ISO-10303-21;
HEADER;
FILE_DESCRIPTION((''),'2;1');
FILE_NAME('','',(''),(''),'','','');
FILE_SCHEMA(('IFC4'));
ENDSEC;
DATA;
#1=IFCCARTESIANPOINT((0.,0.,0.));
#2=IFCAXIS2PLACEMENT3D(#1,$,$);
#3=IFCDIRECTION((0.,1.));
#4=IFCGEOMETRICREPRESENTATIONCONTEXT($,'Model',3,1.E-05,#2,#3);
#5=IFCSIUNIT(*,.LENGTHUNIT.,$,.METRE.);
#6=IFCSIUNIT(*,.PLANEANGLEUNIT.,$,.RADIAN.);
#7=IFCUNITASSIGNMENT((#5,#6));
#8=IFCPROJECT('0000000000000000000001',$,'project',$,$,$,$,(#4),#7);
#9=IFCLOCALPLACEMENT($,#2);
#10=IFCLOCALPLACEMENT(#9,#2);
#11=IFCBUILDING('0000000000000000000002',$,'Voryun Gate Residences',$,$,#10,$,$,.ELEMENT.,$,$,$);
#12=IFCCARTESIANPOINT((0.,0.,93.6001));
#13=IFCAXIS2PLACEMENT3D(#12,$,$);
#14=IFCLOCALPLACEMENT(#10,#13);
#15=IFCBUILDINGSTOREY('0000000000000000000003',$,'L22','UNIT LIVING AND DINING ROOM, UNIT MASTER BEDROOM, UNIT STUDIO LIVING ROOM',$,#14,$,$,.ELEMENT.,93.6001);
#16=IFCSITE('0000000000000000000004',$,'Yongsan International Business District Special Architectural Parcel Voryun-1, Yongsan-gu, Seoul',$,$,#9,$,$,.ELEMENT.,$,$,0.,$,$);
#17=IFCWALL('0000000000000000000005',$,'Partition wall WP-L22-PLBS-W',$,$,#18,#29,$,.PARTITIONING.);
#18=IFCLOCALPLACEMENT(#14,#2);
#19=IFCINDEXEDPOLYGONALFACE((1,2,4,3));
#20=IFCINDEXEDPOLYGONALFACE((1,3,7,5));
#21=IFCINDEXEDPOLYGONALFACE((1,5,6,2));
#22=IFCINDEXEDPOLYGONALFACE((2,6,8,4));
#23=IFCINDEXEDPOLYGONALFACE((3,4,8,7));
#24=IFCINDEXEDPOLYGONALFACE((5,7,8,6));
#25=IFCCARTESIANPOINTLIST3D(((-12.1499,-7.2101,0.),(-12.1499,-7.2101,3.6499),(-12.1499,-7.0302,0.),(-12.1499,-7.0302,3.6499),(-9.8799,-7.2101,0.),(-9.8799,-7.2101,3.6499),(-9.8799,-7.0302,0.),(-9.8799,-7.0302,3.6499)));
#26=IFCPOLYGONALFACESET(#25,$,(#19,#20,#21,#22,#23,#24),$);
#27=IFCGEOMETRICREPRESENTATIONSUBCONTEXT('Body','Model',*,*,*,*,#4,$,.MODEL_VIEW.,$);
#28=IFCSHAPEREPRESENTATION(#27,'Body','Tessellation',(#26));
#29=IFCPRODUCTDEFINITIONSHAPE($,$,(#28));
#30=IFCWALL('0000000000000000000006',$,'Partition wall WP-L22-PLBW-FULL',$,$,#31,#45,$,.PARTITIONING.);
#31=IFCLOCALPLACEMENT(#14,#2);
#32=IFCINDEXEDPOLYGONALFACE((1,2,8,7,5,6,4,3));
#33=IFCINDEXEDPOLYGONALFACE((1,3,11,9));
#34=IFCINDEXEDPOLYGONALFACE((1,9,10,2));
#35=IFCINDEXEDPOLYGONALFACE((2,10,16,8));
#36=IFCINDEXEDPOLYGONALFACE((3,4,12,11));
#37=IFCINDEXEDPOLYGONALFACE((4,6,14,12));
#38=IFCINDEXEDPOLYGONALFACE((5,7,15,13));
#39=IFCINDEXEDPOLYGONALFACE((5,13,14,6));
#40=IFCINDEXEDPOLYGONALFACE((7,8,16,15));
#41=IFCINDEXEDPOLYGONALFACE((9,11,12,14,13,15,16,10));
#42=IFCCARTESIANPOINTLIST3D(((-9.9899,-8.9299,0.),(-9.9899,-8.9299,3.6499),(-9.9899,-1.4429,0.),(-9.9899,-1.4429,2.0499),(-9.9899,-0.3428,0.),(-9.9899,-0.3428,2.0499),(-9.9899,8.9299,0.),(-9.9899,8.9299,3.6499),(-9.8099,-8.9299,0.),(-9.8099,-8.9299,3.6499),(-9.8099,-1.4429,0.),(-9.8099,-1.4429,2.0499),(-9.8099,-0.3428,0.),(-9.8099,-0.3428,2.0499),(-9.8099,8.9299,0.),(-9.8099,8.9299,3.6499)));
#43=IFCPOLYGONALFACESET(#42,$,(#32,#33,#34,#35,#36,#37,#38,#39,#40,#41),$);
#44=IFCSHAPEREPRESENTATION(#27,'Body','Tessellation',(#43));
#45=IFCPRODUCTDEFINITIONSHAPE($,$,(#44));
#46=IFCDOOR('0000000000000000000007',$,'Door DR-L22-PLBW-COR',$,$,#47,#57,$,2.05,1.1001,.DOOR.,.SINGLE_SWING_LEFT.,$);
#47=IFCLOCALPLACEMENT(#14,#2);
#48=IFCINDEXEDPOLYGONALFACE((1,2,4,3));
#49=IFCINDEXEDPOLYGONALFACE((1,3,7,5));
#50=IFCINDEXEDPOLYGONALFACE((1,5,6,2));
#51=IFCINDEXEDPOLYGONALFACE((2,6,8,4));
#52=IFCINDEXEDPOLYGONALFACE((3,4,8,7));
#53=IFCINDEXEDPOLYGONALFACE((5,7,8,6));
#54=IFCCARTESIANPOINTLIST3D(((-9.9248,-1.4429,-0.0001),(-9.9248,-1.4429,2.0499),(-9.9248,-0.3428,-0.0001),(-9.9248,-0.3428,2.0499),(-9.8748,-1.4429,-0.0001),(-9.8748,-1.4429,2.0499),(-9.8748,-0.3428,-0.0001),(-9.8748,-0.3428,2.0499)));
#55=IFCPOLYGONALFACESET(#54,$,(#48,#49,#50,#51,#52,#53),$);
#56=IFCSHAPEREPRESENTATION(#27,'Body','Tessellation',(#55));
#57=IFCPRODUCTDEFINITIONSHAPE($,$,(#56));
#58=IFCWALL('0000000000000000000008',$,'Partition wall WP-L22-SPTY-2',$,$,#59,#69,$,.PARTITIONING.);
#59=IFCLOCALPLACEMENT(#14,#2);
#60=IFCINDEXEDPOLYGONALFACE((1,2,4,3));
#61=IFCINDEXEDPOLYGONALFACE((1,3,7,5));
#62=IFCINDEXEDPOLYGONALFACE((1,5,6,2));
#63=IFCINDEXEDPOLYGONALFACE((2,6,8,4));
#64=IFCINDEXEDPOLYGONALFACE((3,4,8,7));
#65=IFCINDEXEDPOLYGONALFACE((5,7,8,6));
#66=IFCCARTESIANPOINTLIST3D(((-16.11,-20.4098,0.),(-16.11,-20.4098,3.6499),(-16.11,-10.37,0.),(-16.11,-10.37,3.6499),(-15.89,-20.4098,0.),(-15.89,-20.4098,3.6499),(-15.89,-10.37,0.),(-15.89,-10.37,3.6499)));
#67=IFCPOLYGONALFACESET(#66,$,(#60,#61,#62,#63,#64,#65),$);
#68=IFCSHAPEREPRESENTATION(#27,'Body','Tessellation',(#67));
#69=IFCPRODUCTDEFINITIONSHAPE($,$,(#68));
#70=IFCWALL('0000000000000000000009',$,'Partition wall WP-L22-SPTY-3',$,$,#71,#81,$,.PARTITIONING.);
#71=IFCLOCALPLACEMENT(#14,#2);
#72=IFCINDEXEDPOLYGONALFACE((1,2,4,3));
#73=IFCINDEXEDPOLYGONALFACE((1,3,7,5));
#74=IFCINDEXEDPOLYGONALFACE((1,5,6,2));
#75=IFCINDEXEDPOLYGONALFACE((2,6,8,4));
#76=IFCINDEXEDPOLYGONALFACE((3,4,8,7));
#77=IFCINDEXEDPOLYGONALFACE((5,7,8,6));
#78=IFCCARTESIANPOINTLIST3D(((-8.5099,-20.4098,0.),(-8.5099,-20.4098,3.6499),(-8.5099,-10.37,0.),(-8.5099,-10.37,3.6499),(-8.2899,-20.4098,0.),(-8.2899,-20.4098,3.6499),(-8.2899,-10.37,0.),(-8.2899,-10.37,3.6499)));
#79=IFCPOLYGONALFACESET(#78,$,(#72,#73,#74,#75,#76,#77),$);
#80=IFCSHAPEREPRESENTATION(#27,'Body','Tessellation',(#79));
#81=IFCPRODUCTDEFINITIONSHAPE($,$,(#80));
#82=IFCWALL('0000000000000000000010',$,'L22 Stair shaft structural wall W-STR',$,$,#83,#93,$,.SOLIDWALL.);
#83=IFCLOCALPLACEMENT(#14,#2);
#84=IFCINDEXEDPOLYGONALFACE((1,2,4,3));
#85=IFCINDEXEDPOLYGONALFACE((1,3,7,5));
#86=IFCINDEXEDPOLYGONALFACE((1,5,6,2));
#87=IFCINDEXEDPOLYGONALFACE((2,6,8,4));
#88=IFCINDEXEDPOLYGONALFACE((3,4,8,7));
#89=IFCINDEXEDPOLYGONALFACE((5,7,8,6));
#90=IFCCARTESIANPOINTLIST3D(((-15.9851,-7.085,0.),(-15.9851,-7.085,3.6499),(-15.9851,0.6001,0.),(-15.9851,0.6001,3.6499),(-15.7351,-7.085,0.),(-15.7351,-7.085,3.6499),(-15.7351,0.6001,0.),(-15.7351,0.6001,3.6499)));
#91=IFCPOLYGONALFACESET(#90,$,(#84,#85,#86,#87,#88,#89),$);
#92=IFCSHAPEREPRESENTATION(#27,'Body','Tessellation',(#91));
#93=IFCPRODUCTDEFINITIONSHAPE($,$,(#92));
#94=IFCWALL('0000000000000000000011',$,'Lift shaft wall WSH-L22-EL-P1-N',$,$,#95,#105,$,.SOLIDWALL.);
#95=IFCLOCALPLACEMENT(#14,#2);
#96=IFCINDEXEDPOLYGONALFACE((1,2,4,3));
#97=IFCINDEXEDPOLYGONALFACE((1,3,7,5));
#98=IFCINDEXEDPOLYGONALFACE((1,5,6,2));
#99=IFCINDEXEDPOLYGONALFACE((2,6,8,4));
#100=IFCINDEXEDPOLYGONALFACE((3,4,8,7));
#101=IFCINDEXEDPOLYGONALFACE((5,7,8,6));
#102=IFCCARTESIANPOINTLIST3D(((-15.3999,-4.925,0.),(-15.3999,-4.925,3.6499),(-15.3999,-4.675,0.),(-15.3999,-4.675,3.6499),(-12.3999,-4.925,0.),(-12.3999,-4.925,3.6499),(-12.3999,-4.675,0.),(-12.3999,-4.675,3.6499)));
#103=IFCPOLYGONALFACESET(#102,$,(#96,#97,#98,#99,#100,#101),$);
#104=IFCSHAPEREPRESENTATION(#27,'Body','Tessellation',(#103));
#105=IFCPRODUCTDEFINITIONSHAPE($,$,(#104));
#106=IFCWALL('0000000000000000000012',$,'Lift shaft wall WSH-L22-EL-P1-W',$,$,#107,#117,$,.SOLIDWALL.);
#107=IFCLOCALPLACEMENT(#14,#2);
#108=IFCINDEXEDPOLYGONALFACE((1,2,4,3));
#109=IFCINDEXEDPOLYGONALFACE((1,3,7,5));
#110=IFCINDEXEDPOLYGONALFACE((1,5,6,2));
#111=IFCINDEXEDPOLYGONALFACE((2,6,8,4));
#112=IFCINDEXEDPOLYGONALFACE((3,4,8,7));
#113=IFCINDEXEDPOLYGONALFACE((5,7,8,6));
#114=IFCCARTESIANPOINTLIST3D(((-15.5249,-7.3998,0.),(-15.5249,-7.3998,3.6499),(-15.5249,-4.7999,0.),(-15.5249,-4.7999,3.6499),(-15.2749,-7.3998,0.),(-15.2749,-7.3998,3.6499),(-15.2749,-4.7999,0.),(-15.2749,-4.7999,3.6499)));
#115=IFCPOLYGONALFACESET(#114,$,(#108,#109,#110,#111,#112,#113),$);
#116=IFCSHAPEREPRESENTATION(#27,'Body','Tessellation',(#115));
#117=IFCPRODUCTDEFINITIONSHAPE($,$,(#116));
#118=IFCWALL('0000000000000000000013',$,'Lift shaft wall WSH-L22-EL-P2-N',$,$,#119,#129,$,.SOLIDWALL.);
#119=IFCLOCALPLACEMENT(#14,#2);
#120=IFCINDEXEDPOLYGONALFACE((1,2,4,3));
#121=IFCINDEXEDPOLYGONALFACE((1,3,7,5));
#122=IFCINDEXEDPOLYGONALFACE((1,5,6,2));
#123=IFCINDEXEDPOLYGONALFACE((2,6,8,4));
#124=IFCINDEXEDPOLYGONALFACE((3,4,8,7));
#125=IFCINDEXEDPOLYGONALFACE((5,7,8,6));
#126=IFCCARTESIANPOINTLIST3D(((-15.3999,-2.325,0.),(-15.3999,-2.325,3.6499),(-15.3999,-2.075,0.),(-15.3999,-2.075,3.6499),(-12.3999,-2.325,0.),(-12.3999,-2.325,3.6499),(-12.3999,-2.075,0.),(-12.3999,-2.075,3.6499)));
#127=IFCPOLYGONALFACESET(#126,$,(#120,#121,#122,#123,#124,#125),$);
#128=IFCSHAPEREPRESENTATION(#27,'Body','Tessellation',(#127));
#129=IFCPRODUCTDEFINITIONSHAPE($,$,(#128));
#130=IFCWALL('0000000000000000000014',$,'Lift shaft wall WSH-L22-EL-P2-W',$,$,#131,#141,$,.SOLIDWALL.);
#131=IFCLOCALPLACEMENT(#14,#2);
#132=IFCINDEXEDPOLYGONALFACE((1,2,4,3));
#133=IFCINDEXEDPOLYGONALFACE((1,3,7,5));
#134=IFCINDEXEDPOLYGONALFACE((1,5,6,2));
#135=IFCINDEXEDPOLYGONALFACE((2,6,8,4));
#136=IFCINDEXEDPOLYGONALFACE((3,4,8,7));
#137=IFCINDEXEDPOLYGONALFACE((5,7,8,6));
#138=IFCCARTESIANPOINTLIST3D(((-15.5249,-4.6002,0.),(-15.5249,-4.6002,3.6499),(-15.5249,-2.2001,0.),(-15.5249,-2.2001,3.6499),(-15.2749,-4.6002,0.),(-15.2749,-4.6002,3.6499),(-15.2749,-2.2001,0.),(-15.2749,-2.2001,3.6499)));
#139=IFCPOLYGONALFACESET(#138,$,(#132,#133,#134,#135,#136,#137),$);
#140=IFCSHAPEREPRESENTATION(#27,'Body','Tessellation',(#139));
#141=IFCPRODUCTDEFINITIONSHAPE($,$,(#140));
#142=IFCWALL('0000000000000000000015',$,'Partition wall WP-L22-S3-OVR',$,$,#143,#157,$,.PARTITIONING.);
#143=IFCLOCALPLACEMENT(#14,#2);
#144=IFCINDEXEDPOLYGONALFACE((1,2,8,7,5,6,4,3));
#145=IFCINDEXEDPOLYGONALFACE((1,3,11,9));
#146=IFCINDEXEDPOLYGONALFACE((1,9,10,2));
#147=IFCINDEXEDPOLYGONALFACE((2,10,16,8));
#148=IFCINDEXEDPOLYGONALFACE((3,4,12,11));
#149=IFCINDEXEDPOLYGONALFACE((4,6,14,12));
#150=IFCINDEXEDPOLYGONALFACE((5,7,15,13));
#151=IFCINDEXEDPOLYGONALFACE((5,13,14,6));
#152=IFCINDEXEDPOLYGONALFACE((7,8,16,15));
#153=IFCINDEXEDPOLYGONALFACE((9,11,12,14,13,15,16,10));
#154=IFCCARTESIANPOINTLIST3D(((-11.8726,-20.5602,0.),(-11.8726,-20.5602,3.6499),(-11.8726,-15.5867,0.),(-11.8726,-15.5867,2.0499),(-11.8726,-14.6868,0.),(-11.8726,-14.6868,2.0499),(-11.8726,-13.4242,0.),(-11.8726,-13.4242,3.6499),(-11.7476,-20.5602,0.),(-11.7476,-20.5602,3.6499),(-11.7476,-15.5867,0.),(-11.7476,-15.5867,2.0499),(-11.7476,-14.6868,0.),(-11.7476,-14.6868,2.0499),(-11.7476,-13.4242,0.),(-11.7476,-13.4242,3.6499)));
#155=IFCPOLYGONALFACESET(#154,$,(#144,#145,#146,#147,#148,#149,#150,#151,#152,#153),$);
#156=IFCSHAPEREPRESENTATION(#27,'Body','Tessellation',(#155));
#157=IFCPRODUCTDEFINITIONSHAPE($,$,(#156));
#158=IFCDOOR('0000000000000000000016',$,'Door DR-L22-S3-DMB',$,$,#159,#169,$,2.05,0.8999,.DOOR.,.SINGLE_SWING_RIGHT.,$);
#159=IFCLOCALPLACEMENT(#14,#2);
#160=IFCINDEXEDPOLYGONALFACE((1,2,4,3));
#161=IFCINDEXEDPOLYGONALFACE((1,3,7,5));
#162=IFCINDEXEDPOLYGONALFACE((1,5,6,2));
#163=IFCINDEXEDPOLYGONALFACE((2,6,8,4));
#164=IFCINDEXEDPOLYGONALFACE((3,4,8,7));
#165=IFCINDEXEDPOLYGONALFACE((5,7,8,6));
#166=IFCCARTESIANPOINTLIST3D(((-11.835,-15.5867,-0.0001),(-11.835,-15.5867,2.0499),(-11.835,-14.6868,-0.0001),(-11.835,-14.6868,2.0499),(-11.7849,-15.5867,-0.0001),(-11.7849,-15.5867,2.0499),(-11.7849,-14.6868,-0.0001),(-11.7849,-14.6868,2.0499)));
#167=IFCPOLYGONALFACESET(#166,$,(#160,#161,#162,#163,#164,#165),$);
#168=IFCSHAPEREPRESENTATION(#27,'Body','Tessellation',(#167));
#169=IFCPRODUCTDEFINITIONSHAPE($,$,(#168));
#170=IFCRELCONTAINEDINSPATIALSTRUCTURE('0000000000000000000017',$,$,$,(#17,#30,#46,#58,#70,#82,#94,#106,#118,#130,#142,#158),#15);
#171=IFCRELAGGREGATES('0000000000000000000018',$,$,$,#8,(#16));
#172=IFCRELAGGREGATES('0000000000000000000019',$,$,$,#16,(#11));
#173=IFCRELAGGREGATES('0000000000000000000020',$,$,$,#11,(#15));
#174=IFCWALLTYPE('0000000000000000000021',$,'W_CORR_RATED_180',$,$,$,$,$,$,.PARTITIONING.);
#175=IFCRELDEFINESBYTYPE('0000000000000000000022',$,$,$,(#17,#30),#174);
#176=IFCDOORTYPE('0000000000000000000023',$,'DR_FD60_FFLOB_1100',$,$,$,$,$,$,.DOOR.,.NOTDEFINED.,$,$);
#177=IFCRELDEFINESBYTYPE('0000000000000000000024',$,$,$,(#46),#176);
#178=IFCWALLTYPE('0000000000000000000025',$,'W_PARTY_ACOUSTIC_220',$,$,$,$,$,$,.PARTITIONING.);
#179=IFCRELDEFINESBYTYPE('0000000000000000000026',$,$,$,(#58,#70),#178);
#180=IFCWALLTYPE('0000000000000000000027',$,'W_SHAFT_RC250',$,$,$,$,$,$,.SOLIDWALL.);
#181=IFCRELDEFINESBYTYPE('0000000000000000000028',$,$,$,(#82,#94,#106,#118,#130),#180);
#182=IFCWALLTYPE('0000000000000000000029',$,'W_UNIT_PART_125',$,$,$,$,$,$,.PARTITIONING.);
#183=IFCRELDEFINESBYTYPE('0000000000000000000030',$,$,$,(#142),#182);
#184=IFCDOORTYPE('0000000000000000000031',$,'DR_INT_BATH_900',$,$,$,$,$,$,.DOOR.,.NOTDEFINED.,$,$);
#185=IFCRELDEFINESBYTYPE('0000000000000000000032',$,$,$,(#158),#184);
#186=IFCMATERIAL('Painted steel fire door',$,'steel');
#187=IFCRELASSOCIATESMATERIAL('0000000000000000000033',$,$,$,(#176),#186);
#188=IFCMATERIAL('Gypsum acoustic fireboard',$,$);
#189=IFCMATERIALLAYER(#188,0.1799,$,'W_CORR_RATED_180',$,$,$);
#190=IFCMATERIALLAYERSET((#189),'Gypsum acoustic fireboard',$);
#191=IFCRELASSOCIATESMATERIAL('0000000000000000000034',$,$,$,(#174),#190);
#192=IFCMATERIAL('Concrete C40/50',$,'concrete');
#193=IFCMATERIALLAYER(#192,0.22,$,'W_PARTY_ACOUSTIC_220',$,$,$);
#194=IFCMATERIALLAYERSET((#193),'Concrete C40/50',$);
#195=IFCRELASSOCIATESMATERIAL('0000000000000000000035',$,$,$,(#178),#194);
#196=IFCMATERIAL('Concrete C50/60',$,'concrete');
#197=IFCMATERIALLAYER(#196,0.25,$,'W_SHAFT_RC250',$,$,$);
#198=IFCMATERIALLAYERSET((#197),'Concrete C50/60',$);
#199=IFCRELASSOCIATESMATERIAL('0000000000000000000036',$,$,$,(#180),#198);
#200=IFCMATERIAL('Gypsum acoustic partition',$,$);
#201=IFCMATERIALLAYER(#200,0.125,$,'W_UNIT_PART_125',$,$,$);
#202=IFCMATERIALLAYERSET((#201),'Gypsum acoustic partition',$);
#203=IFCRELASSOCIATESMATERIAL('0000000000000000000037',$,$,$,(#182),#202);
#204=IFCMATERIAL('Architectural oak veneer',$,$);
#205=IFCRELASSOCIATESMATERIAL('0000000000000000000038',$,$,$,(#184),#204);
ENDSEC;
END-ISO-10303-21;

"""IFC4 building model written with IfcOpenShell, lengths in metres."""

from ifc_helpers import new_model, si_unit, direction, frame, frame_2d, origin, place, context, subcontext, project, spatial, rectangle, extrude, material, layer, layer_set, type_object, element, fill, save


model = new_model("IFC4")

# Units and contexts
model_context = context("Model", 3, precision=1e-05, world=origin(), true_north=direction((0.0, 1.0)))
body_context = subcontext(model_context, "Body", "Model", "MODEL_VIEW")
ifc_project = project(units=[si_unit("LENGTHUNIT", "METRE"), si_unit("PLANEANGLEUNIT", "RADIAN")], contexts=[model_context])

# Site, building, storey
site_placement = place(None, origin())
site = spatial("IfcSite", under=ifc_project, at=site_placement, Name="Yongsan International Business District Special Architectural Parcel Voryun-1, Yongsan-gu, Seoul", CompositionType="ELEMENT", RefElevation=0.0)
building_placement = place(site_placement, origin())
building = spatial("IfcBuilding", under=site, at=building_placement, Name="Voryun Gate Residences", CompositionType="ELEMENT")
storey_placement = place(building_placement, frame((0.0, 0.0, 93.6001)))
storey = spatial("IfcBuildingStorey", under=building, at=storey_placement, Name="L22", Description="UNIT LIVING AND DINING ROOM, UNIT MASTER BEDROOM, UNIT STUDIO LIVING ROOM", CompositionType="ELEMENT", Elevation=93.6001)

# Shared definitions
ifc_material_1 = material(Name="Painted steel fire door", Category="steel")
door_type_1 = type_object("IfcDoorType", Name="DR_FD60_FFLOB_1100", OperationType="NOTDEFINED", PredefinedType="DOOR", material=ifc_material_1)

# Wall
ifc_material_2 = material(Name="Gypsum acoustic fireboard")
ifc_layer_1 = layer(ifc_material_2, 0.1799, Name="W_CORR_RATED_180")
ifc_layer_set_1 = layer_set([ifc_layer_1], Name="Gypsum acoustic fireboard")
wall_type_1 = type_object("IfcWallType", Name="W_CORR_RATED_180", PredefinedType="PARTITIONING", material=ifc_layer_set_1)
wall_1_placement = place(storey_placement, frame((-12.1499, -7.1201, 0.0), z_axis=(0.0, 0.0, 1.0), x_axis=(1.0, 0.0, 0.0)))
element("IfcWall", 1, at=wall_1_placement, inside=storey, type_object=wall_type_1, Name="Partition wall WP-L22-PLBS-W", PredefinedType="PARTITIONING", context=body_context, shape_type="SweptSolid", body=[
    extrude(rectangle(XDim=2.27, YDim=0.1799, at=frame_2d((1.135, 0.0))), origin(), (0.0, 0.0, 1.0), 3.6499),
])

# Wall, opening, door
wall_2_placement = place(storey_placement, frame((-9.8999, -8.9299, 0.0), z_axis=(0.0, 0.0, 1.0), x_axis=(0.0, 1.0, 0.0)))
wall_2 = element("IfcWall", 2, at=wall_2_placement, inside=storey, type_object=wall_type_1, Name="Partition wall WP-L22-PLBW-FULL", PredefinedType="PARTITIONING", context=body_context, shape_type="SweptSolid", body=[
    extrude(rectangle(XDim=17.8599, YDim=0.1799, at=frame_2d((8.9299, 0.0))), origin(), (0.0, 0.0, 1.0), 3.6499),
])
opening_1_placement = place(wall_2_placement, frame((7.4871, 0.0, 0.0)))
opening_1 = element("IfcOpeningElement", 3, at=opening_1_placement, cuts=wall_2, PredefinedType="OPENING", context=body_context, shape_type="SweptSolid", body=[
    extrude(rectangle(XDim=1.1001, YDim=2.05, at=frame_2d((0.55, 1.0249))), frame((0.0, 0.0999, 0.0), z_axis=(0.0, -1.0, 0.0), x_axis=(1.0, 0.0, 0.0)), (0.0, 0.0, 1.0), 0.2),
])
door_1_placement = place(opening_1_placement, origin())
door_1 = element("IfcDoor", 4, at=door_1_placement, inside=storey, type_object=door_type_1, Name="Door DR-L22-PLBW-COR", OperationType="SINGLE_SWING_LEFT", OverallHeight=2.05, OverallWidth=1.1001, PredefinedType="DOOR", context=body_context, shape_type="SweptSolid", body=[
    extrude(rectangle(XDim=1.1001, YDim=2.05, at=frame_2d((0.55, 1.0249))), frame((0.0, 0.0249, 0.0), z_axis=(0.0, -1.0, 0.0), x_axis=(1.0, 0.0, 0.0)), (0.0, 0.0, 1.0), 0.05),
])
fill(opening_1, door_1)

# Walls
ifc_material_3 = material(Name="Concrete C40/50", Category="concrete")
ifc_layer_2 = layer(ifc_material_3, 0.22, Name="W_PARTY_ACOUSTIC_220")
ifc_layer_set_2 = layer_set([ifc_layer_2], Name="Concrete C40/50")
wall_type_2 = type_object("IfcWallType", Name="W_PARTY_ACOUSTIC_220", PredefinedType="PARTITIONING", material=ifc_layer_set_2)
for number, where, z_axis, x_axis, name in (
    (5, (-16.0, -20.4099, 0.0), (0.0, 0.0, 1.0), (0.0, 1.0, 0.0), "Partition wall WP-L22-SPTY-2"),
    (6, (-8.3999, -20.4099, 0.0), (0.0, 0.0, 1.0), (0.0, 1.0, 0.0), "Partition wall WP-L22-SPTY-3"),
):
    element("IfcWall", number, at=place(storey_placement, frame(where, z_axis=z_axis, x_axis=x_axis)), inside=storey, type_object=wall_type_2, Name=name, PredefinedType="PARTITIONING", context=body_context, shape_type="SweptSolid", body=[
        extrude(rectangle(XDim=10.0398, YDim=0.22, at=frame_2d((5.02, 0.0))), origin(), (0.0, 0.0, 1.0), 3.6499),
    ])
ifc_material_4 = material(Name="Concrete C50/60", Category="concrete")
ifc_layer_3 = layer(ifc_material_4, 0.25, Name="W_SHAFT_RC250")
ifc_layer_set_3 = layer_set([ifc_layer_3], Name="Concrete C50/60")
wall_type_3 = type_object("IfcWallType", Name="W_SHAFT_RC250", PredefinedType="SOLIDWALL", material=ifc_layer_set_3)
wall_3_placement = place(storey_placement, frame((-15.8601, -7.085, 0.0), z_axis=(0.0, 0.0, 1.0), x_axis=(0.0, 1.0, 0.0)))
element("IfcWall", 7, at=wall_3_placement, inside=storey, type_object=wall_type_3, Name="L22 Stair shaft structural wall W-STR", PredefinedType="SOLIDWALL", context=body_context, shape_type="SweptSolid", body=[
    extrude(rectangle(XDim=7.6851, YDim=0.25, at=frame_2d((3.8425, 0.0))), origin(), (0.0, 0.0, 1.0), 3.6499),
])
wall_4_placement = place(storey_placement, frame((-12.3999, -4.8, 0.0), z_axis=(0.0, 0.0, 1.0), x_axis=(-1.0, 0.0, 0.0)))
element("IfcWall", 8, at=wall_4_placement, inside=storey, type_object=wall_type_3, Name="Lift shaft wall WSH-L22-EL-P1-N", PredefinedType="SOLIDWALL", context=body_context, shape_type="SweptSolid", body=[
    extrude(rectangle(XDim=3.0, YDim=0.25, at=frame_2d((1.5, 0.0))), origin(), (0.0, 0.0, 1.0), 3.6499),
])
wall_5_placement = place(storey_placement, frame((-15.3999, -4.8, 0.0), z_axis=(0.0, 0.0, 1.0), x_axis=(0.0, -1.0, 0.0)))
element("IfcWall", 9, at=wall_5_placement, inside=storey, type_object=wall_type_3, Name="Lift shaft wall WSH-L22-EL-P1-W", PredefinedType="SOLIDWALL", context=body_context, shape_type="SweptSolid", body=[
    extrude(rectangle(XDim=2.5999, YDim=0.25, at=frame_2d((1.2998, 0.0))), origin(), (0.0, 0.0, 1.0), 3.6499),
])
wall_6_placement = place(storey_placement, frame((-12.3999, -2.2, 0.0), z_axis=(0.0, 0.0, 1.0), x_axis=(-1.0, 0.0, 0.0)))
element("IfcWall", 10, at=wall_6_placement, inside=storey, type_object=wall_type_3, Name="Lift shaft wall WSH-L22-EL-P2-N", PredefinedType="SOLIDWALL", context=body_context, shape_type="SweptSolid", body=[
    extrude(rectangle(XDim=3.0, YDim=0.25, at=frame_2d((1.5, 0.0))), origin(), (0.0, 0.0, 1.0), 3.6499),
])
wall_7_placement = place(storey_placement, frame((-15.3999, -2.2, 0.0), z_axis=(0.0, 0.0, 1.0), x_axis=(0.0, -1.0, 0.0)))
element("IfcWall", 11, at=wall_7_placement, inside=storey, type_object=wall_type_3, Name="Lift shaft wall WSH-L22-EL-P2-W", PredefinedType="SOLIDWALL", context=body_context, shape_type="SweptSolid", body=[
    extrude(rectangle(XDim=2.4001, YDim=0.25, at=frame_2d((1.2002, 0.0))), origin(), (0.0, 0.0, 1.0), 3.6499),
])

# Wall, opening, door
ifc_material_5 = material(Name="Gypsum acoustic partition")
ifc_layer_4 = layer(ifc_material_5, 0.125, Name="W_UNIT_PART_125")
ifc_layer_set_4 = layer_set([ifc_layer_4], Name="Gypsum acoustic partition")
wall_type_4 = type_object("IfcWallType", Name="W_UNIT_PART_125", PredefinedType="PARTITIONING", material=ifc_layer_set_4)
wall_8_placement = place(storey_placement, frame((-11.8101, -20.5601, 0.0), z_axis=(0.0, 0.0, 1.0), x_axis=(0.0, 1.0, 0.0)))
wall_8 = element("IfcWall", 12, at=wall_8_placement, inside=storey, type_object=wall_type_4, Name="Partition wall WP-L22-S3-OVR", PredefinedType="PARTITIONING", context=body_context, shape_type="SweptSolid", body=[
    extrude(rectangle(XDim=7.136, YDim=0.125, at=frame_2d((3.5679, 0.0))), origin(), (0.0, 0.0, 1.0), 3.6499),
])
opening_2_placement = place(wall_8_placement, frame((4.9734, 0.0, 0.0)))
opening_2 = element("IfcOpeningElement", 13, at=opening_2_placement, cuts=wall_8, PredefinedType="OPENING", context=body_context, shape_type="SweptSolid", body=[
    extrude(rectangle(XDim=0.8999, YDim=2.05, at=frame_2d((0.45, 1.0249))), frame((0.0, 0.0725, 0.0), z_axis=(0.0, -1.0, 0.0), x_axis=(1.0, 0.0, 0.0)), (0.0, 0.0, 1.0), 0.145),
])
ifc_material_6 = material(Name="Architectural oak veneer")
door_type_2 = type_object("IfcDoorType", Name="DR_INT_BATH_900", OperationType="NOTDEFINED", PredefinedType="DOOR", material=ifc_material_6)
door_2_placement = place(opening_2_placement, origin())
door_2 = element("IfcDoor", 14, at=door_2_placement, inside=storey, type_object=door_type_2, Name="Door DR-L22-S3-DMB", OperationType="SINGLE_SWING_RIGHT", OverallHeight=2.05, OverallWidth=0.8999, PredefinedType="DOOR", context=body_context, shape_type="SweptSolid", body=[
    extrude(rectangle(XDim=0.8999, YDim=2.05, at=frame_2d((0.45, 1.0249))), frame((0.0, 0.0249, 0.0), z_axis=(0.0, -1.0, 0.0), x_axis=(1.0, 0.0, 0.0)), (0.0, 0.0, 1.0), 0.05),
])
fill(opening_2, door_2)

save(model, "model.ifc")
